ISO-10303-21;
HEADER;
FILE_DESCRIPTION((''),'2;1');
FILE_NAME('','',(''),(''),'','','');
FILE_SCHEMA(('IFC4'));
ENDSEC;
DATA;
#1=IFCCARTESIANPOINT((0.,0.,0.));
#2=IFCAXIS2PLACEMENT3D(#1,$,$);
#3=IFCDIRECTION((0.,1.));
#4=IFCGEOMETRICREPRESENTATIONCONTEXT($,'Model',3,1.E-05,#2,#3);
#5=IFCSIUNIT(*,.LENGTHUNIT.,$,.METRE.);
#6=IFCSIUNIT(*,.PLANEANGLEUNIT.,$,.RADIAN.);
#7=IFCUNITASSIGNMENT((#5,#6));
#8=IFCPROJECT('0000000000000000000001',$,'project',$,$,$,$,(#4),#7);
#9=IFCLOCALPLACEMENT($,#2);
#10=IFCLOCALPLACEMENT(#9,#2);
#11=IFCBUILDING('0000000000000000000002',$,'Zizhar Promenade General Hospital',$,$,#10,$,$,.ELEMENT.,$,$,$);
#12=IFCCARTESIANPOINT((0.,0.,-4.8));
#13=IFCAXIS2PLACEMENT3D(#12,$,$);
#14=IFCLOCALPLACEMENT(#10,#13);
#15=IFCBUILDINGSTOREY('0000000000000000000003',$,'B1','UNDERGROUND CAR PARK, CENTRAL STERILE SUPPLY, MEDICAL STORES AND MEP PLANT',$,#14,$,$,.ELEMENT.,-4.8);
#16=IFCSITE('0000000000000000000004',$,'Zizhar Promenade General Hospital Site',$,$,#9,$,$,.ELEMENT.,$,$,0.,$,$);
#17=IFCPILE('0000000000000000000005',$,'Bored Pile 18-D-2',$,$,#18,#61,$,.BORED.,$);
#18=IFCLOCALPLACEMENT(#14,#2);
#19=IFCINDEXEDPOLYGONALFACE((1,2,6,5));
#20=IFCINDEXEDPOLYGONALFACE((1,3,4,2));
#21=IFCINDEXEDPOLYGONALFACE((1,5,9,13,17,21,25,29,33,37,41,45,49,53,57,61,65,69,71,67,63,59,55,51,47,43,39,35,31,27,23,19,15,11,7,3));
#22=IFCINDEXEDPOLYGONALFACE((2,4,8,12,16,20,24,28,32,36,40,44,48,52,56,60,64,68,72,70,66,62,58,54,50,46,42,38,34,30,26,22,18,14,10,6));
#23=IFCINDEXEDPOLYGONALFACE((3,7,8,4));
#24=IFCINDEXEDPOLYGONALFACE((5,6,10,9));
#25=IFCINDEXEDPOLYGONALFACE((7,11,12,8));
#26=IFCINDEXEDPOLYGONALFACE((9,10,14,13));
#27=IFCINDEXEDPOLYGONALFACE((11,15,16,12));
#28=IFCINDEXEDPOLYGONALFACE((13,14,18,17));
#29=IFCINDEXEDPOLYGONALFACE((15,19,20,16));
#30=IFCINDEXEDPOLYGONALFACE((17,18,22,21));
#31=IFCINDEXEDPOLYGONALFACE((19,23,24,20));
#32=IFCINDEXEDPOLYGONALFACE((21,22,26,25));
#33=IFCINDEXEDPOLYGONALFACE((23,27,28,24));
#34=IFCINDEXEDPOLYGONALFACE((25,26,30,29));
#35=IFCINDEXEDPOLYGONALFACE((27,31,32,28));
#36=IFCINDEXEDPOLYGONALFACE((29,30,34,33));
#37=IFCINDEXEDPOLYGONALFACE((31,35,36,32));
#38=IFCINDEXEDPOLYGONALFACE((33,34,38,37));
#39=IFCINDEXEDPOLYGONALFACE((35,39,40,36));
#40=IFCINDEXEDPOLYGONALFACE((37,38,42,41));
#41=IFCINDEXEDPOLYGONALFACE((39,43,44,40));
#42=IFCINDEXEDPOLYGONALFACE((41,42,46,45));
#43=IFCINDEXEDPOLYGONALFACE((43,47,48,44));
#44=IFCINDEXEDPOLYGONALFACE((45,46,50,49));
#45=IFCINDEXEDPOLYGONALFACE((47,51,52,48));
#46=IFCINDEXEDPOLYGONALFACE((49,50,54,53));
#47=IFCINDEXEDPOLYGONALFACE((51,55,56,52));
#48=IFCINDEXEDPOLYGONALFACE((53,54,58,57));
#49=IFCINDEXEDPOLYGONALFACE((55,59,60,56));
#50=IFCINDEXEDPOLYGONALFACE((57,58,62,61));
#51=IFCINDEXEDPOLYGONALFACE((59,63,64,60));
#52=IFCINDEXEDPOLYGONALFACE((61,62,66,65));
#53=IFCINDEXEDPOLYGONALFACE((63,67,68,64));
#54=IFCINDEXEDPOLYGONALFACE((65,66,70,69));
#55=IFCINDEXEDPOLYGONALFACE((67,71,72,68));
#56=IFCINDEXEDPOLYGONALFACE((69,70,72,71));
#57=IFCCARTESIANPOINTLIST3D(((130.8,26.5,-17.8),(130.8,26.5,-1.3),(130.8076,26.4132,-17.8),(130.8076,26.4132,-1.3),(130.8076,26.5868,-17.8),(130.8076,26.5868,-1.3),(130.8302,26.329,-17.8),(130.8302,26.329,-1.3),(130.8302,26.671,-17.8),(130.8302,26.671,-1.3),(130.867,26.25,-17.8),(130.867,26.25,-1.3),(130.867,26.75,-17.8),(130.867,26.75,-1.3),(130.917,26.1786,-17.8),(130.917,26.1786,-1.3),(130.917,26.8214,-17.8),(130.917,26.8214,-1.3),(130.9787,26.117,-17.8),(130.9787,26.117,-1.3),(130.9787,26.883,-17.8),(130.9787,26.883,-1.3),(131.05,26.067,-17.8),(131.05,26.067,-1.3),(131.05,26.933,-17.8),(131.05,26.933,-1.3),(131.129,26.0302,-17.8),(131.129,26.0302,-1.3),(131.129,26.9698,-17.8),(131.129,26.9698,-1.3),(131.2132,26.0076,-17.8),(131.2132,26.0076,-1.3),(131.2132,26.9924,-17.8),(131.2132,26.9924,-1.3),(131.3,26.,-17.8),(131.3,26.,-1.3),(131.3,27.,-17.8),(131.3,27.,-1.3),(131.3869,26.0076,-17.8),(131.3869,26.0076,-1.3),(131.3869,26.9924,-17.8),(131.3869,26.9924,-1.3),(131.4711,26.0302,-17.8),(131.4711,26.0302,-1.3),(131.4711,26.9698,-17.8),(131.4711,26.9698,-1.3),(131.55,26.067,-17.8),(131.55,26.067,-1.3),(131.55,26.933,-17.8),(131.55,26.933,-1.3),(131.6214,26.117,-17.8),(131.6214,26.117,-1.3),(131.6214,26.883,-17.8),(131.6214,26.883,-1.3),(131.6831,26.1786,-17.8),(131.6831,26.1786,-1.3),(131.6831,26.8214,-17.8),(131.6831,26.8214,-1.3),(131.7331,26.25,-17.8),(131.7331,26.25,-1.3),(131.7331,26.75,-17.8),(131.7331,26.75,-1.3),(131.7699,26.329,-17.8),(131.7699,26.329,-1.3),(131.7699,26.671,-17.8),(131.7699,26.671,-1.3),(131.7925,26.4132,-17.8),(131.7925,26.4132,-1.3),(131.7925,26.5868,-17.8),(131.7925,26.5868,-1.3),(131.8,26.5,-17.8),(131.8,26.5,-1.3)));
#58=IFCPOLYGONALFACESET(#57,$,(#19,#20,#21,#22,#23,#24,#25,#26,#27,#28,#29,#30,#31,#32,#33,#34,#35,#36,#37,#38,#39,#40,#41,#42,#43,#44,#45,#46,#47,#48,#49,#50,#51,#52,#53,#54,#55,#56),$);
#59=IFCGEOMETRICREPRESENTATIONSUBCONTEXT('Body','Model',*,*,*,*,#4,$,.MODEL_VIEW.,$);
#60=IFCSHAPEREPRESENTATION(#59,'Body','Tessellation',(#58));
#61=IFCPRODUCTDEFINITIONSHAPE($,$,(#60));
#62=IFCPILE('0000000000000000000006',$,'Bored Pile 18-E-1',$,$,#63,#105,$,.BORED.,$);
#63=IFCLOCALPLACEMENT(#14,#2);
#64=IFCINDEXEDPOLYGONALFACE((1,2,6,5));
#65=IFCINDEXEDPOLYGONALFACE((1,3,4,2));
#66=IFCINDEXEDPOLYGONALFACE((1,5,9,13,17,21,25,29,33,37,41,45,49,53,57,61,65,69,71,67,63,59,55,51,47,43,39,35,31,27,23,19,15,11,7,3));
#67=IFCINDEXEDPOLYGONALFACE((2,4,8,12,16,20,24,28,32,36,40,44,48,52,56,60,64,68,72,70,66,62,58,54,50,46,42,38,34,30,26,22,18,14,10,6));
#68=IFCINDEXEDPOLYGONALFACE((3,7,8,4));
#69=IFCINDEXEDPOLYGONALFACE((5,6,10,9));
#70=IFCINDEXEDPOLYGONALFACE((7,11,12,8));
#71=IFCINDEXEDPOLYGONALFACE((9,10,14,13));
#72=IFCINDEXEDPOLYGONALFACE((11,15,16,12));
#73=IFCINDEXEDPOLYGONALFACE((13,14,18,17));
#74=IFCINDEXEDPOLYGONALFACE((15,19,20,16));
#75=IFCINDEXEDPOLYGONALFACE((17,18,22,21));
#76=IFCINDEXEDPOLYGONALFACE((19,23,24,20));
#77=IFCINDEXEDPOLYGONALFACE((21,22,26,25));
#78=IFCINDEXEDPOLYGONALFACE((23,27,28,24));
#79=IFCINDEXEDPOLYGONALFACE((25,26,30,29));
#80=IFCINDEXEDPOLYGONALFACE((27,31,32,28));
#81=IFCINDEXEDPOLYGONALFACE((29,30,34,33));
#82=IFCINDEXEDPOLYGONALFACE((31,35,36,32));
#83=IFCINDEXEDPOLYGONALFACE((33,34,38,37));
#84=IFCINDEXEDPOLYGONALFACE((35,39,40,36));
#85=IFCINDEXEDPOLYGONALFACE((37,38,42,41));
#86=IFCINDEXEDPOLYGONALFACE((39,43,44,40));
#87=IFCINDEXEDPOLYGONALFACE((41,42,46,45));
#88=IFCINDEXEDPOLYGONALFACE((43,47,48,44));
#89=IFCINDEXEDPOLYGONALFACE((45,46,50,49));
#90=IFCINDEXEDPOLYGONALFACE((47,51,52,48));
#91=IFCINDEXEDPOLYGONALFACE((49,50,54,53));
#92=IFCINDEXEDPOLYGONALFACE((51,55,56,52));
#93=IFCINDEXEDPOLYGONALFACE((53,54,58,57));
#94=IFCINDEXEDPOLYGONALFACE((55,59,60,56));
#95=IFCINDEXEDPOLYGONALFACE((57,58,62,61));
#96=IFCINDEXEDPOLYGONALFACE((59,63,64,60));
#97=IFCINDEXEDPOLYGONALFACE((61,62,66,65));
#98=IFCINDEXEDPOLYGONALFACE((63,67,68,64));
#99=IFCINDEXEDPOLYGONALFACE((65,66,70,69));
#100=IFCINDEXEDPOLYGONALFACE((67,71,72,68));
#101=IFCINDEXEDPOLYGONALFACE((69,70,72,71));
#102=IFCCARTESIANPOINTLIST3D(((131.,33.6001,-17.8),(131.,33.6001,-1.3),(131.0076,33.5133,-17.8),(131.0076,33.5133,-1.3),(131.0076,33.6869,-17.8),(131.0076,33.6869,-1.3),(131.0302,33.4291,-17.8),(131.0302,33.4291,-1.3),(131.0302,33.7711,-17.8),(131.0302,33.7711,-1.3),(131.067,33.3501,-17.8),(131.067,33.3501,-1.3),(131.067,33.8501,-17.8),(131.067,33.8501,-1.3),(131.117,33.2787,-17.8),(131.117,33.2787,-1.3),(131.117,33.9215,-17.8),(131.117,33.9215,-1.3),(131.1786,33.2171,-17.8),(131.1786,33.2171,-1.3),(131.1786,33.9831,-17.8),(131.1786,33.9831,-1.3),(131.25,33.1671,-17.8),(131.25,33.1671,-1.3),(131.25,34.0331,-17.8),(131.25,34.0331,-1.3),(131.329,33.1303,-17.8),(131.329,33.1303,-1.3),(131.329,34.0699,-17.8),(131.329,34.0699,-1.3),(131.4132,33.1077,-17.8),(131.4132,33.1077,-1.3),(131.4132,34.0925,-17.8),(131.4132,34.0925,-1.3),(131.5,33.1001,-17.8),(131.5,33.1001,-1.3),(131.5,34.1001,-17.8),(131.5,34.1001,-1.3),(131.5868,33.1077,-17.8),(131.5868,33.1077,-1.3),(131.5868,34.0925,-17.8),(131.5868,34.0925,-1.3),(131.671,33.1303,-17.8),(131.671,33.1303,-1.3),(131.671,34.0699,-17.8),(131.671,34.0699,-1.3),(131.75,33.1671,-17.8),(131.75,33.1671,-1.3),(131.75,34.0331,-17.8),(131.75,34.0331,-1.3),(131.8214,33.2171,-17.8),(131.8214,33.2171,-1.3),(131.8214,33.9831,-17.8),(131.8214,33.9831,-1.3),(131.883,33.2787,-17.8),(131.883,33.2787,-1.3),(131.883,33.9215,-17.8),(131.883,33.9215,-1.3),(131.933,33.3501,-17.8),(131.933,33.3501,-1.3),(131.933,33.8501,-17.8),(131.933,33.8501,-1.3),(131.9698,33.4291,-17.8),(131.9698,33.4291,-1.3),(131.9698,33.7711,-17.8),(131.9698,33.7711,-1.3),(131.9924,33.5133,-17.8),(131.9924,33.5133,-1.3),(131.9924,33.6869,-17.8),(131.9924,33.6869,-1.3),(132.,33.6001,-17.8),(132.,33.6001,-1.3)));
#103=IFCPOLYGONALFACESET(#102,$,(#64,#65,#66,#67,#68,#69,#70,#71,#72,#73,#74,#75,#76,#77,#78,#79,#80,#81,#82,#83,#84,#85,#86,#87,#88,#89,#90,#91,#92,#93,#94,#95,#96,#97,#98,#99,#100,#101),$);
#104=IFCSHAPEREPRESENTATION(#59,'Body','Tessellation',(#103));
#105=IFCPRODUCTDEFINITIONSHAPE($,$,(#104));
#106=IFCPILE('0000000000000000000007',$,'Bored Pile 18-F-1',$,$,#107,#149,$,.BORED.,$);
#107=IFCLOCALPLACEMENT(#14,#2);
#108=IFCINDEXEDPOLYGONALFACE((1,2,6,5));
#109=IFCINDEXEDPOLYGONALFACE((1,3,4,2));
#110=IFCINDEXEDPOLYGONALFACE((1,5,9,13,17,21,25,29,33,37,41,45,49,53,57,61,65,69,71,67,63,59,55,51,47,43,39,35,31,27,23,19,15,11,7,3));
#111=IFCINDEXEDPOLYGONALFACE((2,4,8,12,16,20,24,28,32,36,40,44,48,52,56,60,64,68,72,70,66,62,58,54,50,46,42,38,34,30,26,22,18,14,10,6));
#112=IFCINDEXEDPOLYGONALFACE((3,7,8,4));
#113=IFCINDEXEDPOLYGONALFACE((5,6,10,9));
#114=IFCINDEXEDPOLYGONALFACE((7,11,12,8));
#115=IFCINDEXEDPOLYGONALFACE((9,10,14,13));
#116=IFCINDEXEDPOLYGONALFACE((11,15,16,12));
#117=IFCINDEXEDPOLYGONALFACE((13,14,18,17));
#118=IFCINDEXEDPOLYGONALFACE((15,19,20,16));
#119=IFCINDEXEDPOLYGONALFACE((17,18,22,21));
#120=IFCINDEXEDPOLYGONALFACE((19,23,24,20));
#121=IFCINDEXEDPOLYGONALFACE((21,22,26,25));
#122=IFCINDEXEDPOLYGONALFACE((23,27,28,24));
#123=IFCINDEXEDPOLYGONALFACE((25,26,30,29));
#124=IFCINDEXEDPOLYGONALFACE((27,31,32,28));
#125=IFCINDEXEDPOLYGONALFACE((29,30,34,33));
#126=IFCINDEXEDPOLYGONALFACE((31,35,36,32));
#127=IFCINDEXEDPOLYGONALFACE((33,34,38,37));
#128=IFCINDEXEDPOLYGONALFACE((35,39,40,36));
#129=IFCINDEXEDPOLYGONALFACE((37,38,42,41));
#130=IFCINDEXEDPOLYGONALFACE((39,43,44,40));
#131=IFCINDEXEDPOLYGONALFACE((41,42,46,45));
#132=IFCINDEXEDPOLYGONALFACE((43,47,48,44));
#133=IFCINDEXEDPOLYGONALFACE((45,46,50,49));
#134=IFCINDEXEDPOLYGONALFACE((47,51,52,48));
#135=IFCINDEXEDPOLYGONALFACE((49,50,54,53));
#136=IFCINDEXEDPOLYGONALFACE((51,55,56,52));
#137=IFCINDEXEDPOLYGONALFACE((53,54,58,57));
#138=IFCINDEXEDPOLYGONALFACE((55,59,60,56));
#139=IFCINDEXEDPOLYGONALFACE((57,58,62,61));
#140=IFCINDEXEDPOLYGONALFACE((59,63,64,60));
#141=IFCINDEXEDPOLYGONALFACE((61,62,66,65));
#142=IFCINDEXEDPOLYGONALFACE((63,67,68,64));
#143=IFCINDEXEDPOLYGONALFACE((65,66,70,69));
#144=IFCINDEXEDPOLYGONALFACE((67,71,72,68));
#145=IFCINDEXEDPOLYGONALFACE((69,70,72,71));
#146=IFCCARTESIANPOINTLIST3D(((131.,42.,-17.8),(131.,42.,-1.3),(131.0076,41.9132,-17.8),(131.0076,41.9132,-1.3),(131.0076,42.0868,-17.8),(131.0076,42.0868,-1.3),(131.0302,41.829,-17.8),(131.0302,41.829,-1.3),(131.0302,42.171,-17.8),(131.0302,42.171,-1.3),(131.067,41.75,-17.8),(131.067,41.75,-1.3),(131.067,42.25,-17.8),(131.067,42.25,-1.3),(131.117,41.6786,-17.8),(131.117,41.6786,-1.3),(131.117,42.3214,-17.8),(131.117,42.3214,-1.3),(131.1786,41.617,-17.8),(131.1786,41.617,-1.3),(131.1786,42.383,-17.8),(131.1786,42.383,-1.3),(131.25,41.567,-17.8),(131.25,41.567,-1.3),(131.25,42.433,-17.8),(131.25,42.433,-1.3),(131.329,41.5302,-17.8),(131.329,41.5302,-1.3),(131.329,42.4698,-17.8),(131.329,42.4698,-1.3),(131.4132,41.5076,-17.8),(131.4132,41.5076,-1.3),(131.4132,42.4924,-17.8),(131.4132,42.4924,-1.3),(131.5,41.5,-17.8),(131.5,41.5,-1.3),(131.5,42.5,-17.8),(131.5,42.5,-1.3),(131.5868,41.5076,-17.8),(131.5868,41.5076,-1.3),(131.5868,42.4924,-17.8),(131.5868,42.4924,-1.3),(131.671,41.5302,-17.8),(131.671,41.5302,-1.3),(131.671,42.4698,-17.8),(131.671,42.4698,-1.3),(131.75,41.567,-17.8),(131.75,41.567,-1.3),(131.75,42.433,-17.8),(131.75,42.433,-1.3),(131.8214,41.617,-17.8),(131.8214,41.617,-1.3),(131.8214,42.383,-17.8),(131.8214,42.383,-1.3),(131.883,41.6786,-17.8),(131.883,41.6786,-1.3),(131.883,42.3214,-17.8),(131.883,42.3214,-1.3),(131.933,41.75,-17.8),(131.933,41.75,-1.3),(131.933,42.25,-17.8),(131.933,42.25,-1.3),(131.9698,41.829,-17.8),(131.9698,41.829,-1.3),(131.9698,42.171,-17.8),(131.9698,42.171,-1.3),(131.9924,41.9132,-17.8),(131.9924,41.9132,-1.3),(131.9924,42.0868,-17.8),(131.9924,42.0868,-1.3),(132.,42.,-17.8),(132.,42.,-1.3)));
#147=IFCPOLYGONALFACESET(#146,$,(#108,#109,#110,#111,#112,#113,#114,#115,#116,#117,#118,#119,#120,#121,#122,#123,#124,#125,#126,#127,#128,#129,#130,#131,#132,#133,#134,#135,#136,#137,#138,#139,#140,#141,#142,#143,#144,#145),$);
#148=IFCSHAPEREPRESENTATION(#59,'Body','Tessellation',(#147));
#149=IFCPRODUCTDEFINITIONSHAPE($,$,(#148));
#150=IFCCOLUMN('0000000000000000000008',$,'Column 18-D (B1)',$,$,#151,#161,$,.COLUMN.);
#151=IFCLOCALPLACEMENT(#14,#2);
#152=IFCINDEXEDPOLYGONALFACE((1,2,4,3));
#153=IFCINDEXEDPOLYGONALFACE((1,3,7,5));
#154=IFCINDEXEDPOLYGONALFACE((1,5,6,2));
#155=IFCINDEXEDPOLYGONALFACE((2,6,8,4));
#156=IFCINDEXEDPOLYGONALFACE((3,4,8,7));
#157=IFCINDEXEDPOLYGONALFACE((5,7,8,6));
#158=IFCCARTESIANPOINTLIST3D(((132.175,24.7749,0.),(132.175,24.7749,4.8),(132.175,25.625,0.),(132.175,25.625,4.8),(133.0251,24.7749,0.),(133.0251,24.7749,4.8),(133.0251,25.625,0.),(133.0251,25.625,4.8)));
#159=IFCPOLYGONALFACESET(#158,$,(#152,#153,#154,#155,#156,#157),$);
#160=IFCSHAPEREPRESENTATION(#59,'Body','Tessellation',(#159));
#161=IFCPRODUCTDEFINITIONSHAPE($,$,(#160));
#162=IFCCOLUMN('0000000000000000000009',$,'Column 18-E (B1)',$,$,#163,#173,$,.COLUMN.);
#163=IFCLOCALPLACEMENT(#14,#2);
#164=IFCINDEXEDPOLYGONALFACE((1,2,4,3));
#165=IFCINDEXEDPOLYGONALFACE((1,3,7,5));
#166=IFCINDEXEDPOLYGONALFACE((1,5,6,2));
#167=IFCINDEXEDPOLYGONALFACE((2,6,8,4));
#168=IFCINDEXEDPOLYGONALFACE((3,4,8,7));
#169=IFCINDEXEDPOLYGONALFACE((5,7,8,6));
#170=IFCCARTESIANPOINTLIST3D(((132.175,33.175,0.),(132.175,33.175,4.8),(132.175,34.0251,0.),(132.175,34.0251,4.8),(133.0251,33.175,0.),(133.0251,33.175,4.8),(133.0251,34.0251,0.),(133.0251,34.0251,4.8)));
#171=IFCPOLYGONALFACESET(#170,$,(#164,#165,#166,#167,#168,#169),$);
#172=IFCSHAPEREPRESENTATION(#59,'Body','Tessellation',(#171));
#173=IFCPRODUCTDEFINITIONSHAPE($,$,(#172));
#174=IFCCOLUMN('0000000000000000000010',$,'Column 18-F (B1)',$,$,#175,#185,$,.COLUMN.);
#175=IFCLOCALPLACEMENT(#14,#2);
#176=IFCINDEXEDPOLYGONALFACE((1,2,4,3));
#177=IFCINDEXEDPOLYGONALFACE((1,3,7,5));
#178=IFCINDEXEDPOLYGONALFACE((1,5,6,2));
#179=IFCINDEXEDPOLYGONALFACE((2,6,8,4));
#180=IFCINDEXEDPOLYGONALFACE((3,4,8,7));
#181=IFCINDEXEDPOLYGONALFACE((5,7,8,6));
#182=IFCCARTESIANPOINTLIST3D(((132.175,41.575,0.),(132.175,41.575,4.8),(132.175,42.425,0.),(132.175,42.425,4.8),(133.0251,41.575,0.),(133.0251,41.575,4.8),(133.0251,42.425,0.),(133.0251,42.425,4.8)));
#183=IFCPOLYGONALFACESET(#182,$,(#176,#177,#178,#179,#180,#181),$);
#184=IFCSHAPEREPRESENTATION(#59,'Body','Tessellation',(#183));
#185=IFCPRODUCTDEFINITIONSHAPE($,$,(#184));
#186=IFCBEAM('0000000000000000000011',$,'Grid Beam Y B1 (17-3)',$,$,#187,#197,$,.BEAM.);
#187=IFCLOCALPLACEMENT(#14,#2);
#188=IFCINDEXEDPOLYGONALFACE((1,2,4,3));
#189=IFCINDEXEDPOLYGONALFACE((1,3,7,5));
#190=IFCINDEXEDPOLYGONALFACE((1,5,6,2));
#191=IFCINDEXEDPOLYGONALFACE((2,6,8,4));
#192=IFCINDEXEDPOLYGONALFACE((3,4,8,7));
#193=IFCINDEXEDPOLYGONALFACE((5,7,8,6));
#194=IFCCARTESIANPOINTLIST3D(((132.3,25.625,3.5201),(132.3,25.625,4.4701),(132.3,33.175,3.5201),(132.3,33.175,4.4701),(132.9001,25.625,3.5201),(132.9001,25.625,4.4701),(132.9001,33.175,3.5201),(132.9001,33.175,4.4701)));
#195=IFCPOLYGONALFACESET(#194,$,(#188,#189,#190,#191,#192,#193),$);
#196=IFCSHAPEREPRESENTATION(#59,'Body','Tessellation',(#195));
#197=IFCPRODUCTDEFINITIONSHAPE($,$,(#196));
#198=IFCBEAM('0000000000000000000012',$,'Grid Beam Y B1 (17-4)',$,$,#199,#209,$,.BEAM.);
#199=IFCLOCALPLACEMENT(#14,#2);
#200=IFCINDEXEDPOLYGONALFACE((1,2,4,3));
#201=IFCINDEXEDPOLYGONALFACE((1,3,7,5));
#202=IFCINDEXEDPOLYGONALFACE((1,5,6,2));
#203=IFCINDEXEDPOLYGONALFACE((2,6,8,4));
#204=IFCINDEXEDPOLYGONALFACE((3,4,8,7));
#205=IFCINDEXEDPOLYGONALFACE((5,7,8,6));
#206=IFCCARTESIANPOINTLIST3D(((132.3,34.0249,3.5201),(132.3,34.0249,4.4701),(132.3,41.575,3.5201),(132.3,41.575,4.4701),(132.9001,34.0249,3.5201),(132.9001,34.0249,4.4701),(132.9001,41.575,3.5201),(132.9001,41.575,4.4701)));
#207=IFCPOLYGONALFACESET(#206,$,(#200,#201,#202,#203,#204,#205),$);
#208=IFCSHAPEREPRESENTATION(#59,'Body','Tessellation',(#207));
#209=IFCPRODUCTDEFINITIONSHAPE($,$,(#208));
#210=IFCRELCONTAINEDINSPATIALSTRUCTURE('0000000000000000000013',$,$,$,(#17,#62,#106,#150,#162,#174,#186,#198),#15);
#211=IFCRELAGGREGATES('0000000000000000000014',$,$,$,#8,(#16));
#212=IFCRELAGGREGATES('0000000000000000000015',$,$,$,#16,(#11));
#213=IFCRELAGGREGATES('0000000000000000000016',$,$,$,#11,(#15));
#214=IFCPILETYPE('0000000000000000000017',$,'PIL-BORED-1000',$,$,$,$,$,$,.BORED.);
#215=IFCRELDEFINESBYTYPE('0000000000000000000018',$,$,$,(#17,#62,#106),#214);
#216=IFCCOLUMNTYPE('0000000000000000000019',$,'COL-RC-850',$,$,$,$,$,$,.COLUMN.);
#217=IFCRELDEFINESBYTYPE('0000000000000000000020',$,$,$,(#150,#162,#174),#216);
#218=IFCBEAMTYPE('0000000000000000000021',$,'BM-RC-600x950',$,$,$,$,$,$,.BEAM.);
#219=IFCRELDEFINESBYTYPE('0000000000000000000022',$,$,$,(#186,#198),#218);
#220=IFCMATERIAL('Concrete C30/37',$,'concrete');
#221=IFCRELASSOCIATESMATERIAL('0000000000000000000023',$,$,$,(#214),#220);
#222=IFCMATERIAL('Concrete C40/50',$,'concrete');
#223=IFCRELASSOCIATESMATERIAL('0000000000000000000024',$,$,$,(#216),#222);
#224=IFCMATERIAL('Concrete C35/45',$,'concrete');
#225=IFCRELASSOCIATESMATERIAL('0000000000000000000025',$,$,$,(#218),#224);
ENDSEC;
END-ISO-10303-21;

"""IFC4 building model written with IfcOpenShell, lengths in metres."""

from ifc_helpers import new_model, si_unit, direction, frame, origin, origin_2d, place, context, subcontext, project, spatial, rectangle, circle, extrude, material, material_profile, profile_set, type_object, element, save


model = new_model("IFC4")

# Units and contexts
model_context = context("Model", 3, precision=1e-05, world=origin(), true_north=direction((0.0, 1.0)))
body_context = subcontext(model_context, "Body", "Model", "MODEL_VIEW")
ifc_project = project(units=[si_unit("LENGTHUNIT", "METRE"), si_unit("PLANEANGLEUNIT", "RADIAN")], contexts=[model_context])

# Site, building, storey
site_placement = place(None, origin())
site = spatial("IfcSite", under=ifc_project, at=site_placement, Name="Zizhar Promenade General Hospital Site", CompositionType="ELEMENT", RefElevation=0.0)
building_placement = place(site_placement, origin())
building = spatial("IfcBuilding", under=site, at=building_placement, Name="Zizhar Promenade General Hospital", CompositionType="ELEMENT")
storey_placement = place(building_placement, frame((0.0, 0.0, -4.8)))
storey = spatial("IfcBuildingStorey", under=building, at=storey_placement, Name="B1", Description="UNDERGROUND CAR PARK, CENTRAL STERILE SUPPLY, MEDICAL STORES AND MEP PLANT", CompositionType="ELEMENT", Elevation=-4.8)

# Piles
ifc_material_1 = material(Name="Concrete C30/37", Category="concrete")
ifc_material_profile_1 = material_profile(ifc_material_1, circle(Radius=0.5, at=origin_2d()))
ifc_profile_set_1 = profile_set([ifc_material_profile_1], Name="Concrete C30/37")
pile_type = type_object("IfcPileType", Name="PIL-BORED-1000", PredefinedType="BORED", material=ifc_profile_set_1)
for number, where, z_axis, x_axis, name in (
    (1, (131.3, 26.5, -1.3), (0.0, 0.0, -1.0), (1.0, 0.0, 0.0), "Bored Pile 18-D-2"),
    (2, (131.5, 33.6001, -1.3), (0.0, 0.0, -1.0), (1.0, 0.0, 0.0), "Bored Pile 18-E-1"),
    (3, (131.5, 42.0, -1.3), (0.0, 0.0, -1.0), (1.0, 0.0, 0.0), "Bored Pile 18-F-1"),
):
    element("IfcPile", number, at=place(storey_placement, frame(where, z_axis=z_axis, x_axis=x_axis)), inside=storey, type_object=pile_type, Name=name, PredefinedType="BORED", context=body_context, shape_type="SweptSolid", body=[
        extrude(circle(Radius=0.5, at=origin_2d()), origin(), (0.0, 0.0, 1.0), 16.5),
    ])

# Columns
ifc_material_2 = material(Name="Concrete C40/50", Category="concrete")
ifc_material_profile_2 = material_profile(ifc_material_2, rectangle(XDim=0.8501, YDim=0.8501, at=origin_2d()))
ifc_profile_set_2 = profile_set([ifc_material_profile_2], Name="Concrete C40/50")
column_type = type_object("IfcColumnType", Name="COL-RC-850", PredefinedType="COLUMN", material=ifc_profile_set_2)
for number, where, z_axis, x_axis, name in (
    (4, (132.6001, 25.2, 0.0), (0.0, 0.0, 1.0), (1.0, 0.0, 0.0), "Column 18-D (B1)"),
    (5, (132.6001, 33.6001, 0.0), (0.0, 0.0, 1.0), (1.0, 0.0, 0.0), "Column 18-E (B1)"),
    (6, (132.6001, 42.0, 0.0), (0.0, 0.0, 1.0), (1.0, 0.0, 0.0), "Column 18-F (B1)"),
):
    element("IfcColumn", number, at=place(storey_placement, frame(where, z_axis=z_axis, x_axis=x_axis)), inside=storey, type_object=column_type, Name=name, PredefinedType="COLUMN", context=body_context, shape_type="SweptSolid", body=[
        extrude(rectangle(XDim=0.8501, YDim=0.8501, at=origin_2d()), origin(), (0.0, 0.0, 1.0), 4.8),
    ])

# Beams
ifc_material_3 = material(Name="Concrete C35/45", Category="concrete")
ifc_material_profile_3 = material_profile(ifc_material_3, rectangle(XDim=0.6001, YDim=0.95, at=origin_2d()))
ifc_profile_set_3 = profile_set([ifc_material_profile_3], Name="Concrete C35/45")
beam_type = type_object("IfcBeamType", Name="BM-RC-600x950", PredefinedType="BEAM", material=ifc_profile_set_3)
for number, where, z_axis, x_axis, name in (
    (7, (132.6001, 25.625, 3.9951), (0.0, 1.0, 0.0), (-1.0, 0.0, 0.0), "Grid Beam Y B1 (17-3)"),
    (8, (132.6001, 34.0249, 3.9951), (0.0, 1.0, 0.0), (-1.0, 0.0, 0.0), "Grid Beam Y B1 (17-4)"),
):
    element("IfcBeam", number, at=place(storey_placement, frame(where, z_axis=z_axis, x_axis=x_axis)), inside=storey, type_object=beam_type, Name=name, PredefinedType="BEAM", context=body_context, shape_type="SweptSolid", body=[
        extrude(rectangle(XDim=0.6001, YDim=0.95, at=origin_2d()), origin(), (0.0, 0.0, 1.0), 7.55),
    ])

save(model, "model.ifc")
